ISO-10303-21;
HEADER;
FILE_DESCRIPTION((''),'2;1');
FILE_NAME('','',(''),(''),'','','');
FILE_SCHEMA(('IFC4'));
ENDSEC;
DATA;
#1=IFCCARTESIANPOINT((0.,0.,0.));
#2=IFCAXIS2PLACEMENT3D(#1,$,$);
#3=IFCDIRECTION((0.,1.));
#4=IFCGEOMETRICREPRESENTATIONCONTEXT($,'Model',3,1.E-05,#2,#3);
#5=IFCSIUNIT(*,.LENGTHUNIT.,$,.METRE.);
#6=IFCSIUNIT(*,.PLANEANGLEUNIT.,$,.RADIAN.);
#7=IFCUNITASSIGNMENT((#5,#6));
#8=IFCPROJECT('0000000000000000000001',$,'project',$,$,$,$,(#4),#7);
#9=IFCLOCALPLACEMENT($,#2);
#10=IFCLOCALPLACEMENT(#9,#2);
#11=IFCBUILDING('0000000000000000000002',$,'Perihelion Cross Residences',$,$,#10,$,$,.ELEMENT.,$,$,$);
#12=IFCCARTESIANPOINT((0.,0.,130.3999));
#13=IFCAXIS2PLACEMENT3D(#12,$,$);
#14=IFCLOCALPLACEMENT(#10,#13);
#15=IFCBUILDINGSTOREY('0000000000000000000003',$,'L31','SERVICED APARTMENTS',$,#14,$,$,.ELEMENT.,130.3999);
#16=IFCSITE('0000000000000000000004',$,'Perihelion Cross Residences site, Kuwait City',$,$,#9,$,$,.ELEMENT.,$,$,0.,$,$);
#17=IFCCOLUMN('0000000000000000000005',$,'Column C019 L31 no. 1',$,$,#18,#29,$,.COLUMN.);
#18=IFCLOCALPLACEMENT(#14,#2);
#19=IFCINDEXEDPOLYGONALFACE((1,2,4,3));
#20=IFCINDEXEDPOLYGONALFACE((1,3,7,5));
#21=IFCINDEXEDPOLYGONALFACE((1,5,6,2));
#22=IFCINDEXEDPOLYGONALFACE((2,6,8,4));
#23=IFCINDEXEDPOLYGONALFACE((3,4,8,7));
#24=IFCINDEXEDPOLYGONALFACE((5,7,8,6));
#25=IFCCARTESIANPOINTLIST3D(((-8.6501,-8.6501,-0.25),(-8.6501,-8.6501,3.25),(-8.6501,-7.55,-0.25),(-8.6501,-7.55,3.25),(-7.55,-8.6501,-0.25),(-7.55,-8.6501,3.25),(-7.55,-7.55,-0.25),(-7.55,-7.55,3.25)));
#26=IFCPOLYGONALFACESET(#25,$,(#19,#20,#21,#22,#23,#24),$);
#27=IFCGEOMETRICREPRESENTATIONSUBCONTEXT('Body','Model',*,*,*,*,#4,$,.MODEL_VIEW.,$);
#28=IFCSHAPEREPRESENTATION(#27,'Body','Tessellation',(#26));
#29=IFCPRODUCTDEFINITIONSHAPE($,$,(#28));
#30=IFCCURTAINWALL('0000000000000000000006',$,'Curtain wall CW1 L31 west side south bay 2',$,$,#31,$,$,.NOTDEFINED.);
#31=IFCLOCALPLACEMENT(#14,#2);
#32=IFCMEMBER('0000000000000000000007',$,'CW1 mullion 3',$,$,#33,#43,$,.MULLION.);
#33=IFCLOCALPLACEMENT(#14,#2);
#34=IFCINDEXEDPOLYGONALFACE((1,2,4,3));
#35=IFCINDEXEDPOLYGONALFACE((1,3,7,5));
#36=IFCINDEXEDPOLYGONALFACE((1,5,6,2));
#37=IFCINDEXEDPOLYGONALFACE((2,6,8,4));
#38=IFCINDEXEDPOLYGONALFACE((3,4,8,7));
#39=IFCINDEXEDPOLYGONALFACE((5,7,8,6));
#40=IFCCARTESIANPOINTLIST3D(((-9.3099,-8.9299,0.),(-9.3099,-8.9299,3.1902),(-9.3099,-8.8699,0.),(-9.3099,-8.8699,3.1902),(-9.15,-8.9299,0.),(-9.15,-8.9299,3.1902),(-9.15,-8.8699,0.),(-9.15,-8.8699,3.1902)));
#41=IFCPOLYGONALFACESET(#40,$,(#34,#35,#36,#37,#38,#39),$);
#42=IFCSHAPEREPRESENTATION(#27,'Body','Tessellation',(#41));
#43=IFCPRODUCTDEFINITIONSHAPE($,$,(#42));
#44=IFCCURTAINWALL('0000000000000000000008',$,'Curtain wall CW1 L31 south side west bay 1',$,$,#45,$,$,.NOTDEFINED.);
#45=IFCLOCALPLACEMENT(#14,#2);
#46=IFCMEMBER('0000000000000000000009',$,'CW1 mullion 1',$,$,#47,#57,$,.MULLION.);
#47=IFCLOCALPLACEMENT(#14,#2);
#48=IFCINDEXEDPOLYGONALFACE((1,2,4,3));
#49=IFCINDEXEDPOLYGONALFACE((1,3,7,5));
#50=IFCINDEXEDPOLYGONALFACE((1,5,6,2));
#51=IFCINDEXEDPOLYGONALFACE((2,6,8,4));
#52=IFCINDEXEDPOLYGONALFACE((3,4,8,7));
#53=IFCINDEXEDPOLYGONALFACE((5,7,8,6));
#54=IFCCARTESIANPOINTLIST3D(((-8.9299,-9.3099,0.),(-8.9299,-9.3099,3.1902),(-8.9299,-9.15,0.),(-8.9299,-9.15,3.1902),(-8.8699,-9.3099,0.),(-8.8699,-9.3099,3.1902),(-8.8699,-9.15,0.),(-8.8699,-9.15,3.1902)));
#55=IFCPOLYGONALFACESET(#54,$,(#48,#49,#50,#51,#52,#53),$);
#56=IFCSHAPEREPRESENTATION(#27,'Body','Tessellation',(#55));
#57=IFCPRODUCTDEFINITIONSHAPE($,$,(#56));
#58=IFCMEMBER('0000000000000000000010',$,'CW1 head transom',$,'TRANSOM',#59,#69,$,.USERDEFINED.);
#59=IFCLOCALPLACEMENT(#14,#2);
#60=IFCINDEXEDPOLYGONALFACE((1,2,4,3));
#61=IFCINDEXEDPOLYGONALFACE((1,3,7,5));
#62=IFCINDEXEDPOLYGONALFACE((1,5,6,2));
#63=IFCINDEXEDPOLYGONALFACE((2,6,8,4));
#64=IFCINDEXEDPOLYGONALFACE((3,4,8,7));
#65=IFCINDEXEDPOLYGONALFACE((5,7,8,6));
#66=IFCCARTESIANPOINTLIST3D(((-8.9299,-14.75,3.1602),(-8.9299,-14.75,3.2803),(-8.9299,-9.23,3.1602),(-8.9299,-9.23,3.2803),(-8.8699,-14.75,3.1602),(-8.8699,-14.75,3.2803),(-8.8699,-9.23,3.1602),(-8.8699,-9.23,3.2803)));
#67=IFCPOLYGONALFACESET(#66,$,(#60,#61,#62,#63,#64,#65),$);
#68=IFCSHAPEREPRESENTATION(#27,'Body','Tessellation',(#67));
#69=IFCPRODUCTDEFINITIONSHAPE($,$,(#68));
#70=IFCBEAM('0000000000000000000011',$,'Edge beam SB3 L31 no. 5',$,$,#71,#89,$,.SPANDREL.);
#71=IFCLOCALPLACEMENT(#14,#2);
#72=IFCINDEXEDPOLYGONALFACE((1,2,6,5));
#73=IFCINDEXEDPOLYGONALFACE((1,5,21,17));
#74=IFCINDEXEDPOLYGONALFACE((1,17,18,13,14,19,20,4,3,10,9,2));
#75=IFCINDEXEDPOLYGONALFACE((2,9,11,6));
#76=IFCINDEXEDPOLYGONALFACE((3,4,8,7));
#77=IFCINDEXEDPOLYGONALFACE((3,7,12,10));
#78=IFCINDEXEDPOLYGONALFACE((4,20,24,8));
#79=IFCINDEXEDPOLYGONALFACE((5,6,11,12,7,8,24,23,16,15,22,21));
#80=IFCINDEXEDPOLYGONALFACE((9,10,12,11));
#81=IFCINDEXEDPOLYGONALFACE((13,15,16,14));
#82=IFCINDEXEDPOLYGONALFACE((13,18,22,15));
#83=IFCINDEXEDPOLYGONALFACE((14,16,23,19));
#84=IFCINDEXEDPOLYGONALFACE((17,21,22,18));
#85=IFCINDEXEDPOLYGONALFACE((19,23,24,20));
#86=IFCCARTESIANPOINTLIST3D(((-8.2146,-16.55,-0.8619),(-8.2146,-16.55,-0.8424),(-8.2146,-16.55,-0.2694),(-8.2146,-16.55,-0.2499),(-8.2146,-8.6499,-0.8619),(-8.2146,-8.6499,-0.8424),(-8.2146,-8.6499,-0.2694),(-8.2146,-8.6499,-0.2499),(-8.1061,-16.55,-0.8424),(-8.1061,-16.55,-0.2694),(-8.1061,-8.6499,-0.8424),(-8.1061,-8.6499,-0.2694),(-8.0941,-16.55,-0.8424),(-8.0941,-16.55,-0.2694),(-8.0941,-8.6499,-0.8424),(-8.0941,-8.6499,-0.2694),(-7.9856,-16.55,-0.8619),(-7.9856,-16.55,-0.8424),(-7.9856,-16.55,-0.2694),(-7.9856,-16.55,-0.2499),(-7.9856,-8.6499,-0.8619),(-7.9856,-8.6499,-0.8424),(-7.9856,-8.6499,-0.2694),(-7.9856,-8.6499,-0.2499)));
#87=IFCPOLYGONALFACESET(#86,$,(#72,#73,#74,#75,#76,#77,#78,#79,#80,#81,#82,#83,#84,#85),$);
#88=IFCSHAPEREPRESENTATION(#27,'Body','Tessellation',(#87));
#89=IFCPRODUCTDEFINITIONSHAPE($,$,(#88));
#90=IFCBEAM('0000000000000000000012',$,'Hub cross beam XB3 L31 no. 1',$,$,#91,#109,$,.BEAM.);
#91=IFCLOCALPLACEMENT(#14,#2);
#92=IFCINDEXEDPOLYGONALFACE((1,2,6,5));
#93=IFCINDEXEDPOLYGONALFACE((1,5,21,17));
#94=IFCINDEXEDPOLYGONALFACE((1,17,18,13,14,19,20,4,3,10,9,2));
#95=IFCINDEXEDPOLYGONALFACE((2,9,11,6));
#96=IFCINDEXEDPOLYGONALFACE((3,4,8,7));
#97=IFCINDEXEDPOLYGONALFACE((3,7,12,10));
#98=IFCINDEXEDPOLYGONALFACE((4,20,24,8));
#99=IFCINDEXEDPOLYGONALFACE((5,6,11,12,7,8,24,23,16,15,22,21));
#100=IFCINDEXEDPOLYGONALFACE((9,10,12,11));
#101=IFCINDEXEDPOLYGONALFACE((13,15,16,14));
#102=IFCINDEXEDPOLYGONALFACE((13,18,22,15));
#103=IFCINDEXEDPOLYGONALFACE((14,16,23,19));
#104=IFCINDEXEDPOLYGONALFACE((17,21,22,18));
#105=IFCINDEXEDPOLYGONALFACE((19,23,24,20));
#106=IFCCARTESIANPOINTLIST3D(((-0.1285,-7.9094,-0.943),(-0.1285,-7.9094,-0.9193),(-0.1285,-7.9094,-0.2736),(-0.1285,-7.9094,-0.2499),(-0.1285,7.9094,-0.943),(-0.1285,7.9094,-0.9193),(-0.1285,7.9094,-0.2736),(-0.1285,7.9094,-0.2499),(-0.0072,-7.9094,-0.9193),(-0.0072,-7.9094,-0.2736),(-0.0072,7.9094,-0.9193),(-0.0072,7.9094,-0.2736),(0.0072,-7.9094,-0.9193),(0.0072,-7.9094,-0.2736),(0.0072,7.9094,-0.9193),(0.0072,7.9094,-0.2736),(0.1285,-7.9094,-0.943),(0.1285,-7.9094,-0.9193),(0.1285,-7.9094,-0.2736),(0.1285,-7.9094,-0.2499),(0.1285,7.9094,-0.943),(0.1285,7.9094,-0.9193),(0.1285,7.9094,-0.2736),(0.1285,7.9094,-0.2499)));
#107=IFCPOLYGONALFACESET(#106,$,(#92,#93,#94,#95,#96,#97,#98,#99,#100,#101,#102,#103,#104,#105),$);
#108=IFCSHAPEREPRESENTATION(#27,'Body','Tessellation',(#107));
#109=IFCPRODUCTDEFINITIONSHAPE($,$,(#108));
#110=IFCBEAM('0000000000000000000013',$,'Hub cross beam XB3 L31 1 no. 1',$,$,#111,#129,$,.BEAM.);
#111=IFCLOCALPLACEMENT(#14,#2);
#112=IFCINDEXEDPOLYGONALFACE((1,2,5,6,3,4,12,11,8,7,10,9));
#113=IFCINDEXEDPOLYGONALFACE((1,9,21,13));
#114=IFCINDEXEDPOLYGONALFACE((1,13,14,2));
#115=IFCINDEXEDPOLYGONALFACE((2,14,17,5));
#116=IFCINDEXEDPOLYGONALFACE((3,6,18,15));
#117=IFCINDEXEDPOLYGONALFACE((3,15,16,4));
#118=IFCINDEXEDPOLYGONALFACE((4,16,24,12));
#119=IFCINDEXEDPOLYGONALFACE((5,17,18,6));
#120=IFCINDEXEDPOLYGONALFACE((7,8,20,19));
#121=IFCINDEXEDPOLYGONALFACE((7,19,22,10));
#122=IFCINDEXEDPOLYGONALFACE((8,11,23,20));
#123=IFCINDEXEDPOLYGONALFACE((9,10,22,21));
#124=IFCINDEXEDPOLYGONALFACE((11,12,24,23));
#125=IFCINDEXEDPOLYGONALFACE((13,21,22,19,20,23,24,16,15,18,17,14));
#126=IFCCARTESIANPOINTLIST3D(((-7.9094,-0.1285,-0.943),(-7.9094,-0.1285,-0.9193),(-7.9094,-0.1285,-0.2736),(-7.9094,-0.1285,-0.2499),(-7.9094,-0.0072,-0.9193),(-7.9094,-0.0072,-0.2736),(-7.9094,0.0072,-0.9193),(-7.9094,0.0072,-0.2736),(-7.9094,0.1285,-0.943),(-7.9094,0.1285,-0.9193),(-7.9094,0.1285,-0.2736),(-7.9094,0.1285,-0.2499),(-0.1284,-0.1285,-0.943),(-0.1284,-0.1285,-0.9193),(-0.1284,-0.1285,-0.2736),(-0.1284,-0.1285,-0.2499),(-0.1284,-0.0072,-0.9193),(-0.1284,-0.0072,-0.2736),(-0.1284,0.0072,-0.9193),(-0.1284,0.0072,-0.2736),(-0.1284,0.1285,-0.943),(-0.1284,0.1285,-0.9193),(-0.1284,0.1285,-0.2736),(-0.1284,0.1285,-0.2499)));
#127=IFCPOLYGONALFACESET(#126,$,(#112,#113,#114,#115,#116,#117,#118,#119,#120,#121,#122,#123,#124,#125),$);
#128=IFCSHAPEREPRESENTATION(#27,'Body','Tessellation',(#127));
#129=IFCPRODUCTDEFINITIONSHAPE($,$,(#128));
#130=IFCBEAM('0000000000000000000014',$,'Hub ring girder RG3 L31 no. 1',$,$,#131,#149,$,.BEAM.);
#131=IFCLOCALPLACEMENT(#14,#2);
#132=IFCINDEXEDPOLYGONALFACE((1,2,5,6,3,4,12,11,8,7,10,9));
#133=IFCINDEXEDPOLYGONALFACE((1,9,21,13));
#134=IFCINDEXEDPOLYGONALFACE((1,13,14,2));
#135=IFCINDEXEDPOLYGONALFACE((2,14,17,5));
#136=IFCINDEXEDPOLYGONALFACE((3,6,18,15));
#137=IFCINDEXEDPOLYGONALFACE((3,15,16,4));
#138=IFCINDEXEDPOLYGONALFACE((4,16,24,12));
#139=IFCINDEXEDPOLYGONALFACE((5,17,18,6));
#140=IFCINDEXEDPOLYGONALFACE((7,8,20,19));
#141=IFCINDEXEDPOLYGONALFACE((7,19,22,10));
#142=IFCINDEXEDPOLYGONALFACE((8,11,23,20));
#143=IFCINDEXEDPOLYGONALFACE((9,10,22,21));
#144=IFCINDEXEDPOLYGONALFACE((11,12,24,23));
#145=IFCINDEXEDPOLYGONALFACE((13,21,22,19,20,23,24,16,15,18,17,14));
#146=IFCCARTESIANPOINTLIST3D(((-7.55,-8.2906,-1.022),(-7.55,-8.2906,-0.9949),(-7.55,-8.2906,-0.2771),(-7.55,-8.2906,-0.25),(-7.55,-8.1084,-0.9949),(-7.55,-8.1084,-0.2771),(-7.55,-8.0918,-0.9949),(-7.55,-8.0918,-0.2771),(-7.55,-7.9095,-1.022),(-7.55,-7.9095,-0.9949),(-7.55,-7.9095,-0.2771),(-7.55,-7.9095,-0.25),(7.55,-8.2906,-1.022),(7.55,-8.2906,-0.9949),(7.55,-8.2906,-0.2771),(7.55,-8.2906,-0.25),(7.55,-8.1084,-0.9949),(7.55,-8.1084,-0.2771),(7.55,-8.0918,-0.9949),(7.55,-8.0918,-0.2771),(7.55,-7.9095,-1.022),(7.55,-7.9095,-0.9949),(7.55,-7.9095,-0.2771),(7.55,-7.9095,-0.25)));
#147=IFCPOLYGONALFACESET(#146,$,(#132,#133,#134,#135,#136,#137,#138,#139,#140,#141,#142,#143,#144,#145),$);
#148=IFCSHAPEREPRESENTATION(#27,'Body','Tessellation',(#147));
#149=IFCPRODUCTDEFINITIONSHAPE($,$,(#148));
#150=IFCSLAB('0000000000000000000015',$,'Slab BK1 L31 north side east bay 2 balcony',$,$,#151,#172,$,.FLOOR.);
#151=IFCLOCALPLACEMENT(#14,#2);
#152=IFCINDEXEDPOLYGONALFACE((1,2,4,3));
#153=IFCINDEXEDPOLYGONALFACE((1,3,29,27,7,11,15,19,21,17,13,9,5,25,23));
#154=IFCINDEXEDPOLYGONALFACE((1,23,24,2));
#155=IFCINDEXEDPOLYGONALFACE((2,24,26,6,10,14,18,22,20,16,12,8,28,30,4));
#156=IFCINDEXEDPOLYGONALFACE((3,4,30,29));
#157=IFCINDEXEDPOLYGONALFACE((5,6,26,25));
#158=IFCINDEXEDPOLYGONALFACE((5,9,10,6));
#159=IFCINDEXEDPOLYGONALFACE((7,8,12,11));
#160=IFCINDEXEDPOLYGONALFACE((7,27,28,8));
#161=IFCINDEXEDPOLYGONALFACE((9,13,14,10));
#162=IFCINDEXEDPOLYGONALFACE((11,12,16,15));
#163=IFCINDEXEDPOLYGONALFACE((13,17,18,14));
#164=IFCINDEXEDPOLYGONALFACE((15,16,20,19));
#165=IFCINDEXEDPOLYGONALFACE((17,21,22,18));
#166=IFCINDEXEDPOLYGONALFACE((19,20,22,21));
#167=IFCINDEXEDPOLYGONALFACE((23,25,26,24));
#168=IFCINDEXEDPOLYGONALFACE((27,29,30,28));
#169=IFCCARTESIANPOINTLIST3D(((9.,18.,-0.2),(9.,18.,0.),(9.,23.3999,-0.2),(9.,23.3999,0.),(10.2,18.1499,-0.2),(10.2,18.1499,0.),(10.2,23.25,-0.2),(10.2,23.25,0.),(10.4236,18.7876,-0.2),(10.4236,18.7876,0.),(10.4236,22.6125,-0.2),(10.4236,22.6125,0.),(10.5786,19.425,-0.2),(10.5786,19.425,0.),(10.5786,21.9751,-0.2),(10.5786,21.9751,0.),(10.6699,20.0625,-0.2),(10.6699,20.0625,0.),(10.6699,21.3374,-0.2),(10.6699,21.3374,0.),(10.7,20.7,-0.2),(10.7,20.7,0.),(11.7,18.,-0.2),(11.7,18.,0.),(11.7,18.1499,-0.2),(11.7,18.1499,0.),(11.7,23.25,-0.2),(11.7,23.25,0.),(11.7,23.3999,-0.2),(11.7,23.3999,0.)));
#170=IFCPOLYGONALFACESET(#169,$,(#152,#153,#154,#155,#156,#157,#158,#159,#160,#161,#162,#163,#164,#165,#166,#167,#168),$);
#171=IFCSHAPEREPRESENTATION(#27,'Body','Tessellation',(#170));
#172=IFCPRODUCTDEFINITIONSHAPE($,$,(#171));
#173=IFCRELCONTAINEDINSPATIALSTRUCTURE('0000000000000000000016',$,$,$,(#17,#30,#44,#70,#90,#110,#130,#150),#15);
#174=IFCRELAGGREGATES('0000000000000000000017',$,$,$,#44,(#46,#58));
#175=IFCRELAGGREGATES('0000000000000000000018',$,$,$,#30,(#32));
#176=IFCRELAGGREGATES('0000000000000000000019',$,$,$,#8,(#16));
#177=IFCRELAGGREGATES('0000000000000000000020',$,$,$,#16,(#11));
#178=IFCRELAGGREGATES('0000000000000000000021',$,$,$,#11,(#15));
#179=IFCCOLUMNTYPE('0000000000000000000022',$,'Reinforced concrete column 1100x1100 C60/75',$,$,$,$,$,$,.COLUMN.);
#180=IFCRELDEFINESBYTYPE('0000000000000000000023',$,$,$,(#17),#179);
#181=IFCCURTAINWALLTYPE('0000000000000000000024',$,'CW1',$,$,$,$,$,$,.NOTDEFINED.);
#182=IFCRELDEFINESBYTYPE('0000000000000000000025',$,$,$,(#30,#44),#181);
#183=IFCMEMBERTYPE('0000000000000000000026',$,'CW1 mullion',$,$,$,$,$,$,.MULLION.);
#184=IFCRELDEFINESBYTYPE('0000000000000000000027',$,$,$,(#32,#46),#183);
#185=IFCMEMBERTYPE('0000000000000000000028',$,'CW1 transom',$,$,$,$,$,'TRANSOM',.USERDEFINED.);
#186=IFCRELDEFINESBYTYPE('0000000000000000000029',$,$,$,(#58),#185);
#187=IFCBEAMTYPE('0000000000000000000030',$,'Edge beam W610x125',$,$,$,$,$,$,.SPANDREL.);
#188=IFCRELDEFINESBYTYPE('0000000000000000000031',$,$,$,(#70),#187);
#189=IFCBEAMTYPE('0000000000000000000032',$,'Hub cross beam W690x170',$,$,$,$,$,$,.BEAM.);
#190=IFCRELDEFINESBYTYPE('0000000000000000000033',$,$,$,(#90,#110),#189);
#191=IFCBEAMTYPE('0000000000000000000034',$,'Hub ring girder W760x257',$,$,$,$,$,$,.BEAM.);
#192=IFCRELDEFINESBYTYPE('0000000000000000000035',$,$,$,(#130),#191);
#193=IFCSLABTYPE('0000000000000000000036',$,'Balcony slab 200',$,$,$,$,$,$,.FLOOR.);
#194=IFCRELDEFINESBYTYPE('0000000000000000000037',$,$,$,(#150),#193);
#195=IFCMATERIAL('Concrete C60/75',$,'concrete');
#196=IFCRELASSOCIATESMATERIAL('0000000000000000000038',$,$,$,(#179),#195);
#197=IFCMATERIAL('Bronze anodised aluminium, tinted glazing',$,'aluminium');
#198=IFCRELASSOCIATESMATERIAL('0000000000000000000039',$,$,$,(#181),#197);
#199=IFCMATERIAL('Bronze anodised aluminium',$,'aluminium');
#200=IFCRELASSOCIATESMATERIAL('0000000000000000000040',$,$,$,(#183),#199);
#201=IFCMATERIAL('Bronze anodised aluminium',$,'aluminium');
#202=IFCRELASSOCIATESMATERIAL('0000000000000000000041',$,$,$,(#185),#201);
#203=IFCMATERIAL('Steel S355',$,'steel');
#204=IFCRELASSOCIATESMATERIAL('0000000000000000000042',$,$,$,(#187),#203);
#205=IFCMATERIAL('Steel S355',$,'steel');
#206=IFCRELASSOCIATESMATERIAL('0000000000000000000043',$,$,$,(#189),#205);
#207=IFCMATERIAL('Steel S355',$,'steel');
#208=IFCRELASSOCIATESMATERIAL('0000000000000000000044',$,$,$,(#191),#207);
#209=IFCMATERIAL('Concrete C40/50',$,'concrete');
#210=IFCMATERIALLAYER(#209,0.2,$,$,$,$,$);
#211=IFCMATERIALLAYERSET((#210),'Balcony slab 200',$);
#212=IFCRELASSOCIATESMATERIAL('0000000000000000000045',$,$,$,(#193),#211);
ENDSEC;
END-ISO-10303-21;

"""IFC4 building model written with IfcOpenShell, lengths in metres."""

from ifc_helpers import new_model, si_unit, direction, frame, origin, origin_2d, place, context, subcontext, project, spatial, polyline, rectangle, i_section, outline, extrude, material, layer, layer_set, material_profile, profile_set, type_object, element, aggregate, save


model = new_model("IFC4")

# Units and contexts
model_context = context("Model", 3, precision=1e-05, world=origin(), true_north=direction((0.0, 1.0)))
body_context = subcontext(model_context, "Body", "Model", "MODEL_VIEW")
ifc_project = project(units=[si_unit("LENGTHUNIT", "METRE"), si_unit("PLANEANGLEUNIT", "RADIAN")], contexts=[model_context])

# Site, building, storey
site_placement = place(None, origin())
site = spatial("IfcSite", under=ifc_project, at=site_placement, Name="Perihelion Cross Residences site, Kuwait City", CompositionType="ELEMENT", RefElevation=0.0)
building_placement = place(site_placement, origin())
building = spatial("IfcBuilding", under=site, at=building_placement, Name="Perihelion Cross Residences", CompositionType="ELEMENT")
storey_placement = place(building_placement, frame((0.0, 0.0, 130.3999)))
storey = spatial("IfcBuildingStorey", under=building, at=storey_placement, Name="L31", Description="SERVICED APARTMENTS", CompositionType="ELEMENT", Elevation=130.3999)

# Column
ifc_material_1 = material(Name="Concrete C60/75", Category="concrete")
ifc_material_profile_1 = material_profile(ifc_material_1, rectangle(XDim=1.1001, YDim=1.1001, at=origin_2d()), Name="RC 1100x1100")
ifc_profile_set_1 = profile_set([ifc_material_profile_1], Name="Concrete C60/75")
column_type = type_object("IfcColumnType", Name="Reinforced concrete column 1100x1100 C60/75", PredefinedType="COLUMN", material=ifc_profile_set_1)
column_placement = place(storey_placement, frame((-8.1001, -8.1001, -0.25), z_axis=(0.0, 0.0, 1.0), x_axis=(1.0, 0.0, 0.0)))
element("IfcColumn", 1, at=column_placement, inside=storey, type_object=column_type, Name="Column C019 L31 no. 1", PredefinedType="COLUMN", context=body_context, shape_type="SweptSolid", body=[
    extrude(rectangle(XDim=1.1001, YDim=1.1001, at=origin_2d()), origin(), (0.0, 0.0, 1.0), 3.5),
])

# Curtain wall, member
ifc_material_2 = material(Name="Bronze anodised aluminium, tinted glazing", Category="aluminium")
curtain_wall_type = type_object("IfcCurtainWallType", Name="CW1", PredefinedType="NOTDEFINED", material=ifc_material_2)
curtain_wall_1_placement = place(storey_placement, origin())
curtain_wall_1 = element("IfcCurtainWall", 2, at=curtain_wall_1_placement, inside=storey, type_object=curtain_wall_type, Name="Curtain wall CW1 L31 west side south bay 2", PredefinedType="NOTDEFINED")
ifc_material_3 = material(Name="Bronze anodised aluminium", Category="aluminium")
ifc_material_profile_2 = material_profile(ifc_material_3, rectangle(XDim=0.0601, YDim=0.1599, at=origin_2d()), Name="CW1 mullion")
ifc_profile_set_2 = profile_set([ifc_material_profile_2], Name="Bronze anodised aluminium")
member_type_1 = type_object("IfcMemberType", Name="CW1 mullion", PredefinedType="MULLION", material=ifc_profile_set_2)
member_1_placement = place(storey_placement, frame((-9.23, -8.8999, 0.0), z_axis=(0.0, 0.0, 1.0), x_axis=(0.0, 1.0, 0.0)))
member_1 = element("IfcMember", 3, at=member_1_placement, type_object=member_type_1, Name="CW1 mullion 3", PredefinedType="MULLION", context=body_context, shape_type="SweptSolid", body=[
    extrude(rectangle(XDim=0.0601, YDim=0.1599, at=origin_2d()), origin(), (0.0, 0.0, 1.0), 3.1902),
])

# Curtain wall, members
curtain_wall_2_placement = place(storey_placement, origin())
curtain_wall_2 = element("IfcCurtainWall", 4, at=curtain_wall_2_placement, inside=storey, type_object=curtain_wall_type, Name="Curtain wall CW1 L31 south side west bay 1", PredefinedType="NOTDEFINED")
member_2_placement = place(storey_placement, frame((-8.8999, -9.23, 0.0), z_axis=(0.0, 0.0, 1.0), x_axis=(1.0, 0.0, 0.0)))
member_2 = element("IfcMember", 5, at=member_2_placement, type_object=member_type_1, Name="CW1 mullion 1", PredefinedType="MULLION", context=body_context, shape_type="SweptSolid", body=[
    extrude(rectangle(XDim=0.0601, YDim=0.1599, at=origin_2d()), origin(), (0.0, 0.0, 1.0), 3.1902),
])
ifc_material_4 = material(Name="Bronze anodised aluminium", Category="aluminium")
ifc_material_profile_3 = material_profile(ifc_material_4, rectangle(XDim=0.0601, YDim=0.1201, at=origin_2d()), Name="CW1 transom")
ifc_profile_set_3 = profile_set([ifc_material_profile_3], Name="Bronze anodised aluminium")
member_type_2 = type_object("IfcMemberType", Name="CW1 transom", ElementType="TRANSOM", PredefinedType="USERDEFINED", material=ifc_profile_set_3)
member_3_placement = place(storey_placement, frame((-8.8999, -9.23, 3.2202), z_axis=(0.0, -1.0, 0.0), x_axis=(1.0, 0.0, 0.0)))
member_3 = element("IfcMember", 6, at=member_3_placement, type_object=member_type_2, Name="CW1 head transom", ObjectType="TRANSOM", PredefinedType="USERDEFINED", context=body_context, shape_type="SweptSolid", body=[
    extrude(rectangle(XDim=0.0601, YDim=0.1201, at=origin_2d()), origin(), (0.0, 0.0, 1.0), 5.52),
])
aggregate(curtain_wall_2, [member_2, member_3])

# Beams
ifc_material_5 = material(Name="Steel S355", Category="steel")
ifc_material_profile_4 = material_profile(ifc_material_5, i_section(OverallWidth=0.229, OverallDepth=0.6121, WebThickness=0.012, FlangeThickness=0.0195, at=origin_2d()), Name="W610x125")
ifc_profile_set_4 = profile_set([ifc_material_profile_4], Name="Steel S355")
beam_type_1 = type_object("IfcBeamType", Name="Edge beam W610x125", PredefinedType="SPANDREL", material=ifc_profile_set_4)
beam_1_placement = place(storey_placement, frame((-8.1001, -8.6499, -0.5559), z_axis=(0.0, -1.0, 0.0), x_axis=(1.0, 0.0, 0.0)))
element("IfcBeam", 7, at=beam_1_placement, inside=storey, type_object=beam_type_1, Name="Edge beam SB3 L31 no. 5", PredefinedType="SPANDREL", context=body_context, shape_type="SweptSolid", body=[
    extrude(i_section(OverallWidth=0.229, OverallDepth=0.6121, WebThickness=0.012, FlangeThickness=0.0195, at=origin_2d()), origin(), (0.0, 0.0, 1.0), 7.9001),
])
ifc_material_6 = material(Name="Steel S355", Category="steel")
ifc_material_profile_5 = material_profile(ifc_material_6, i_section(OverallWidth=0.2571, OverallDepth=0.6931, WebThickness=0.0144, FlangeThickness=0.0237, at=origin_2d()), Name="W690x170")
ifc_profile_set_5 = profile_set([ifc_material_profile_5], Name="Steel S355")
beam_type_2 = type_object("IfcBeamType", Name="Hub cross beam W690x170", PredefinedType="BEAM", material=ifc_profile_set_5)
beam_2_placement = place(storey_placement, frame((0.0, -7.9094, -0.5964), z_axis=(0.0, 1.0, 0.0), x_axis=(-1.0, 0.0, 0.0)))
element("IfcBeam", 8, at=beam_2_placement, inside=storey, type_object=beam_type_2, Name="Hub cross beam XB3 L31 no. 1", PredefinedType="BEAM", context=body_context, shape_type="SweptSolid", body=[
    extrude(i_section(OverallWidth=0.2571, OverallDepth=0.6931, WebThickness=0.0144, FlangeThickness=0.0237, at=origin_2d()), origin(), (0.0, 0.0, 1.0), 15.8188),
])
beam_3_placement = place(storey_placement, frame((-7.9094, 0.0, -0.5964), z_axis=(1.0, 0.0, 0.0), x_axis=(0.0, 1.0, 0.0)))
element("IfcBeam", 9, at=beam_3_placement, inside=storey, type_object=beam_type_2, Name="Hub cross beam XB3 L31 1 no. 1", PredefinedType="BEAM", context=body_context, shape_type="SweptSolid", body=[
    extrude(i_section(OverallWidth=0.2571, OverallDepth=0.6931, WebThickness=0.0144, FlangeThickness=0.0237, at=origin_2d()), origin(), (0.0, 0.0, 1.0), 7.781),
])
ifc_material_7 = material(Name="Steel S355", Category="steel")
ifc_material_profile_6 = material_profile(ifc_material_7, i_section(OverallWidth=0.3811, OverallDepth=0.772, WebThickness=0.0166, FlangeThickness=0.0271, at=origin_2d()), Name="W760x257")
ifc_profile_set_6 = profile_set([ifc_material_profile_6], Name="Steel S355")
beam_type_3 = type_object("IfcBeamType", Name="Hub ring girder W760x257", PredefinedType="BEAM", material=ifc_profile_set_6)
beam_4_placement = place(storey_placement, frame((-7.55, -8.1001, -0.636), z_axis=(1.0, 0.0, 0.0), x_axis=(0.0, 1.0, 0.0)))
element("IfcBeam", 10, at=beam_4_placement, inside=storey, type_object=beam_type_3, Name="Hub ring girder RG3 L31 no. 1", PredefinedType="BEAM", context=body_context, shape_type="SweptSolid", body=[
    extrude(i_section(OverallWidth=0.3811, OverallDepth=0.772, WebThickness=0.0166, FlangeThickness=0.0271, at=origin_2d()), origin(), (0.0, 0.0, 1.0), 15.1001),
])

# Slab
ifc_material_8 = material(Name="Concrete C40/50", Category="concrete")
ifc_layer_1 = layer(ifc_material_8, 0.2)
ifc_layer_set_1 = layer_set([ifc_layer_1], Name="Balcony slab 200")
slab_type_1 = type_object("IfcSlabType", Name="Balcony slab 200", PredefinedType="FLOOR", material=ifc_layer_set_1)
slab_1_placement = place(storey_placement, frame((0.0, 0.0, -0.2)))
element("IfcSlab", 11, at=slab_1_placement, inside=storey, type_object=slab_type_1, Name="Slab BK1 L31 north side east bay 2 balcony", PredefinedType="FLOOR", context=body_context, shape_type="SweptSolid", body=[
    extrude(outline(polyline([(9.0, 18.0), (9.0, 23.3999), (11.7, 23.3999), (11.7, 23.25), (10.2, 23.25), (10.4236, 22.6125), (10.5786, 21.9751), (10.6699, 21.3374), (10.7, 20.7), (10.6699, 20.0625), (10.5786, 19.425), (10.4236, 18.7876), (10.2, 18.1499), (11.7, 18.1499), (11.7, 18.0), (9.0, 18.0)])), origin(), (0.0, 0.0, 1.0), 0.2),
])

aggregate(curtain_wall_1, [member_1])

save(model, "model.ifc")
